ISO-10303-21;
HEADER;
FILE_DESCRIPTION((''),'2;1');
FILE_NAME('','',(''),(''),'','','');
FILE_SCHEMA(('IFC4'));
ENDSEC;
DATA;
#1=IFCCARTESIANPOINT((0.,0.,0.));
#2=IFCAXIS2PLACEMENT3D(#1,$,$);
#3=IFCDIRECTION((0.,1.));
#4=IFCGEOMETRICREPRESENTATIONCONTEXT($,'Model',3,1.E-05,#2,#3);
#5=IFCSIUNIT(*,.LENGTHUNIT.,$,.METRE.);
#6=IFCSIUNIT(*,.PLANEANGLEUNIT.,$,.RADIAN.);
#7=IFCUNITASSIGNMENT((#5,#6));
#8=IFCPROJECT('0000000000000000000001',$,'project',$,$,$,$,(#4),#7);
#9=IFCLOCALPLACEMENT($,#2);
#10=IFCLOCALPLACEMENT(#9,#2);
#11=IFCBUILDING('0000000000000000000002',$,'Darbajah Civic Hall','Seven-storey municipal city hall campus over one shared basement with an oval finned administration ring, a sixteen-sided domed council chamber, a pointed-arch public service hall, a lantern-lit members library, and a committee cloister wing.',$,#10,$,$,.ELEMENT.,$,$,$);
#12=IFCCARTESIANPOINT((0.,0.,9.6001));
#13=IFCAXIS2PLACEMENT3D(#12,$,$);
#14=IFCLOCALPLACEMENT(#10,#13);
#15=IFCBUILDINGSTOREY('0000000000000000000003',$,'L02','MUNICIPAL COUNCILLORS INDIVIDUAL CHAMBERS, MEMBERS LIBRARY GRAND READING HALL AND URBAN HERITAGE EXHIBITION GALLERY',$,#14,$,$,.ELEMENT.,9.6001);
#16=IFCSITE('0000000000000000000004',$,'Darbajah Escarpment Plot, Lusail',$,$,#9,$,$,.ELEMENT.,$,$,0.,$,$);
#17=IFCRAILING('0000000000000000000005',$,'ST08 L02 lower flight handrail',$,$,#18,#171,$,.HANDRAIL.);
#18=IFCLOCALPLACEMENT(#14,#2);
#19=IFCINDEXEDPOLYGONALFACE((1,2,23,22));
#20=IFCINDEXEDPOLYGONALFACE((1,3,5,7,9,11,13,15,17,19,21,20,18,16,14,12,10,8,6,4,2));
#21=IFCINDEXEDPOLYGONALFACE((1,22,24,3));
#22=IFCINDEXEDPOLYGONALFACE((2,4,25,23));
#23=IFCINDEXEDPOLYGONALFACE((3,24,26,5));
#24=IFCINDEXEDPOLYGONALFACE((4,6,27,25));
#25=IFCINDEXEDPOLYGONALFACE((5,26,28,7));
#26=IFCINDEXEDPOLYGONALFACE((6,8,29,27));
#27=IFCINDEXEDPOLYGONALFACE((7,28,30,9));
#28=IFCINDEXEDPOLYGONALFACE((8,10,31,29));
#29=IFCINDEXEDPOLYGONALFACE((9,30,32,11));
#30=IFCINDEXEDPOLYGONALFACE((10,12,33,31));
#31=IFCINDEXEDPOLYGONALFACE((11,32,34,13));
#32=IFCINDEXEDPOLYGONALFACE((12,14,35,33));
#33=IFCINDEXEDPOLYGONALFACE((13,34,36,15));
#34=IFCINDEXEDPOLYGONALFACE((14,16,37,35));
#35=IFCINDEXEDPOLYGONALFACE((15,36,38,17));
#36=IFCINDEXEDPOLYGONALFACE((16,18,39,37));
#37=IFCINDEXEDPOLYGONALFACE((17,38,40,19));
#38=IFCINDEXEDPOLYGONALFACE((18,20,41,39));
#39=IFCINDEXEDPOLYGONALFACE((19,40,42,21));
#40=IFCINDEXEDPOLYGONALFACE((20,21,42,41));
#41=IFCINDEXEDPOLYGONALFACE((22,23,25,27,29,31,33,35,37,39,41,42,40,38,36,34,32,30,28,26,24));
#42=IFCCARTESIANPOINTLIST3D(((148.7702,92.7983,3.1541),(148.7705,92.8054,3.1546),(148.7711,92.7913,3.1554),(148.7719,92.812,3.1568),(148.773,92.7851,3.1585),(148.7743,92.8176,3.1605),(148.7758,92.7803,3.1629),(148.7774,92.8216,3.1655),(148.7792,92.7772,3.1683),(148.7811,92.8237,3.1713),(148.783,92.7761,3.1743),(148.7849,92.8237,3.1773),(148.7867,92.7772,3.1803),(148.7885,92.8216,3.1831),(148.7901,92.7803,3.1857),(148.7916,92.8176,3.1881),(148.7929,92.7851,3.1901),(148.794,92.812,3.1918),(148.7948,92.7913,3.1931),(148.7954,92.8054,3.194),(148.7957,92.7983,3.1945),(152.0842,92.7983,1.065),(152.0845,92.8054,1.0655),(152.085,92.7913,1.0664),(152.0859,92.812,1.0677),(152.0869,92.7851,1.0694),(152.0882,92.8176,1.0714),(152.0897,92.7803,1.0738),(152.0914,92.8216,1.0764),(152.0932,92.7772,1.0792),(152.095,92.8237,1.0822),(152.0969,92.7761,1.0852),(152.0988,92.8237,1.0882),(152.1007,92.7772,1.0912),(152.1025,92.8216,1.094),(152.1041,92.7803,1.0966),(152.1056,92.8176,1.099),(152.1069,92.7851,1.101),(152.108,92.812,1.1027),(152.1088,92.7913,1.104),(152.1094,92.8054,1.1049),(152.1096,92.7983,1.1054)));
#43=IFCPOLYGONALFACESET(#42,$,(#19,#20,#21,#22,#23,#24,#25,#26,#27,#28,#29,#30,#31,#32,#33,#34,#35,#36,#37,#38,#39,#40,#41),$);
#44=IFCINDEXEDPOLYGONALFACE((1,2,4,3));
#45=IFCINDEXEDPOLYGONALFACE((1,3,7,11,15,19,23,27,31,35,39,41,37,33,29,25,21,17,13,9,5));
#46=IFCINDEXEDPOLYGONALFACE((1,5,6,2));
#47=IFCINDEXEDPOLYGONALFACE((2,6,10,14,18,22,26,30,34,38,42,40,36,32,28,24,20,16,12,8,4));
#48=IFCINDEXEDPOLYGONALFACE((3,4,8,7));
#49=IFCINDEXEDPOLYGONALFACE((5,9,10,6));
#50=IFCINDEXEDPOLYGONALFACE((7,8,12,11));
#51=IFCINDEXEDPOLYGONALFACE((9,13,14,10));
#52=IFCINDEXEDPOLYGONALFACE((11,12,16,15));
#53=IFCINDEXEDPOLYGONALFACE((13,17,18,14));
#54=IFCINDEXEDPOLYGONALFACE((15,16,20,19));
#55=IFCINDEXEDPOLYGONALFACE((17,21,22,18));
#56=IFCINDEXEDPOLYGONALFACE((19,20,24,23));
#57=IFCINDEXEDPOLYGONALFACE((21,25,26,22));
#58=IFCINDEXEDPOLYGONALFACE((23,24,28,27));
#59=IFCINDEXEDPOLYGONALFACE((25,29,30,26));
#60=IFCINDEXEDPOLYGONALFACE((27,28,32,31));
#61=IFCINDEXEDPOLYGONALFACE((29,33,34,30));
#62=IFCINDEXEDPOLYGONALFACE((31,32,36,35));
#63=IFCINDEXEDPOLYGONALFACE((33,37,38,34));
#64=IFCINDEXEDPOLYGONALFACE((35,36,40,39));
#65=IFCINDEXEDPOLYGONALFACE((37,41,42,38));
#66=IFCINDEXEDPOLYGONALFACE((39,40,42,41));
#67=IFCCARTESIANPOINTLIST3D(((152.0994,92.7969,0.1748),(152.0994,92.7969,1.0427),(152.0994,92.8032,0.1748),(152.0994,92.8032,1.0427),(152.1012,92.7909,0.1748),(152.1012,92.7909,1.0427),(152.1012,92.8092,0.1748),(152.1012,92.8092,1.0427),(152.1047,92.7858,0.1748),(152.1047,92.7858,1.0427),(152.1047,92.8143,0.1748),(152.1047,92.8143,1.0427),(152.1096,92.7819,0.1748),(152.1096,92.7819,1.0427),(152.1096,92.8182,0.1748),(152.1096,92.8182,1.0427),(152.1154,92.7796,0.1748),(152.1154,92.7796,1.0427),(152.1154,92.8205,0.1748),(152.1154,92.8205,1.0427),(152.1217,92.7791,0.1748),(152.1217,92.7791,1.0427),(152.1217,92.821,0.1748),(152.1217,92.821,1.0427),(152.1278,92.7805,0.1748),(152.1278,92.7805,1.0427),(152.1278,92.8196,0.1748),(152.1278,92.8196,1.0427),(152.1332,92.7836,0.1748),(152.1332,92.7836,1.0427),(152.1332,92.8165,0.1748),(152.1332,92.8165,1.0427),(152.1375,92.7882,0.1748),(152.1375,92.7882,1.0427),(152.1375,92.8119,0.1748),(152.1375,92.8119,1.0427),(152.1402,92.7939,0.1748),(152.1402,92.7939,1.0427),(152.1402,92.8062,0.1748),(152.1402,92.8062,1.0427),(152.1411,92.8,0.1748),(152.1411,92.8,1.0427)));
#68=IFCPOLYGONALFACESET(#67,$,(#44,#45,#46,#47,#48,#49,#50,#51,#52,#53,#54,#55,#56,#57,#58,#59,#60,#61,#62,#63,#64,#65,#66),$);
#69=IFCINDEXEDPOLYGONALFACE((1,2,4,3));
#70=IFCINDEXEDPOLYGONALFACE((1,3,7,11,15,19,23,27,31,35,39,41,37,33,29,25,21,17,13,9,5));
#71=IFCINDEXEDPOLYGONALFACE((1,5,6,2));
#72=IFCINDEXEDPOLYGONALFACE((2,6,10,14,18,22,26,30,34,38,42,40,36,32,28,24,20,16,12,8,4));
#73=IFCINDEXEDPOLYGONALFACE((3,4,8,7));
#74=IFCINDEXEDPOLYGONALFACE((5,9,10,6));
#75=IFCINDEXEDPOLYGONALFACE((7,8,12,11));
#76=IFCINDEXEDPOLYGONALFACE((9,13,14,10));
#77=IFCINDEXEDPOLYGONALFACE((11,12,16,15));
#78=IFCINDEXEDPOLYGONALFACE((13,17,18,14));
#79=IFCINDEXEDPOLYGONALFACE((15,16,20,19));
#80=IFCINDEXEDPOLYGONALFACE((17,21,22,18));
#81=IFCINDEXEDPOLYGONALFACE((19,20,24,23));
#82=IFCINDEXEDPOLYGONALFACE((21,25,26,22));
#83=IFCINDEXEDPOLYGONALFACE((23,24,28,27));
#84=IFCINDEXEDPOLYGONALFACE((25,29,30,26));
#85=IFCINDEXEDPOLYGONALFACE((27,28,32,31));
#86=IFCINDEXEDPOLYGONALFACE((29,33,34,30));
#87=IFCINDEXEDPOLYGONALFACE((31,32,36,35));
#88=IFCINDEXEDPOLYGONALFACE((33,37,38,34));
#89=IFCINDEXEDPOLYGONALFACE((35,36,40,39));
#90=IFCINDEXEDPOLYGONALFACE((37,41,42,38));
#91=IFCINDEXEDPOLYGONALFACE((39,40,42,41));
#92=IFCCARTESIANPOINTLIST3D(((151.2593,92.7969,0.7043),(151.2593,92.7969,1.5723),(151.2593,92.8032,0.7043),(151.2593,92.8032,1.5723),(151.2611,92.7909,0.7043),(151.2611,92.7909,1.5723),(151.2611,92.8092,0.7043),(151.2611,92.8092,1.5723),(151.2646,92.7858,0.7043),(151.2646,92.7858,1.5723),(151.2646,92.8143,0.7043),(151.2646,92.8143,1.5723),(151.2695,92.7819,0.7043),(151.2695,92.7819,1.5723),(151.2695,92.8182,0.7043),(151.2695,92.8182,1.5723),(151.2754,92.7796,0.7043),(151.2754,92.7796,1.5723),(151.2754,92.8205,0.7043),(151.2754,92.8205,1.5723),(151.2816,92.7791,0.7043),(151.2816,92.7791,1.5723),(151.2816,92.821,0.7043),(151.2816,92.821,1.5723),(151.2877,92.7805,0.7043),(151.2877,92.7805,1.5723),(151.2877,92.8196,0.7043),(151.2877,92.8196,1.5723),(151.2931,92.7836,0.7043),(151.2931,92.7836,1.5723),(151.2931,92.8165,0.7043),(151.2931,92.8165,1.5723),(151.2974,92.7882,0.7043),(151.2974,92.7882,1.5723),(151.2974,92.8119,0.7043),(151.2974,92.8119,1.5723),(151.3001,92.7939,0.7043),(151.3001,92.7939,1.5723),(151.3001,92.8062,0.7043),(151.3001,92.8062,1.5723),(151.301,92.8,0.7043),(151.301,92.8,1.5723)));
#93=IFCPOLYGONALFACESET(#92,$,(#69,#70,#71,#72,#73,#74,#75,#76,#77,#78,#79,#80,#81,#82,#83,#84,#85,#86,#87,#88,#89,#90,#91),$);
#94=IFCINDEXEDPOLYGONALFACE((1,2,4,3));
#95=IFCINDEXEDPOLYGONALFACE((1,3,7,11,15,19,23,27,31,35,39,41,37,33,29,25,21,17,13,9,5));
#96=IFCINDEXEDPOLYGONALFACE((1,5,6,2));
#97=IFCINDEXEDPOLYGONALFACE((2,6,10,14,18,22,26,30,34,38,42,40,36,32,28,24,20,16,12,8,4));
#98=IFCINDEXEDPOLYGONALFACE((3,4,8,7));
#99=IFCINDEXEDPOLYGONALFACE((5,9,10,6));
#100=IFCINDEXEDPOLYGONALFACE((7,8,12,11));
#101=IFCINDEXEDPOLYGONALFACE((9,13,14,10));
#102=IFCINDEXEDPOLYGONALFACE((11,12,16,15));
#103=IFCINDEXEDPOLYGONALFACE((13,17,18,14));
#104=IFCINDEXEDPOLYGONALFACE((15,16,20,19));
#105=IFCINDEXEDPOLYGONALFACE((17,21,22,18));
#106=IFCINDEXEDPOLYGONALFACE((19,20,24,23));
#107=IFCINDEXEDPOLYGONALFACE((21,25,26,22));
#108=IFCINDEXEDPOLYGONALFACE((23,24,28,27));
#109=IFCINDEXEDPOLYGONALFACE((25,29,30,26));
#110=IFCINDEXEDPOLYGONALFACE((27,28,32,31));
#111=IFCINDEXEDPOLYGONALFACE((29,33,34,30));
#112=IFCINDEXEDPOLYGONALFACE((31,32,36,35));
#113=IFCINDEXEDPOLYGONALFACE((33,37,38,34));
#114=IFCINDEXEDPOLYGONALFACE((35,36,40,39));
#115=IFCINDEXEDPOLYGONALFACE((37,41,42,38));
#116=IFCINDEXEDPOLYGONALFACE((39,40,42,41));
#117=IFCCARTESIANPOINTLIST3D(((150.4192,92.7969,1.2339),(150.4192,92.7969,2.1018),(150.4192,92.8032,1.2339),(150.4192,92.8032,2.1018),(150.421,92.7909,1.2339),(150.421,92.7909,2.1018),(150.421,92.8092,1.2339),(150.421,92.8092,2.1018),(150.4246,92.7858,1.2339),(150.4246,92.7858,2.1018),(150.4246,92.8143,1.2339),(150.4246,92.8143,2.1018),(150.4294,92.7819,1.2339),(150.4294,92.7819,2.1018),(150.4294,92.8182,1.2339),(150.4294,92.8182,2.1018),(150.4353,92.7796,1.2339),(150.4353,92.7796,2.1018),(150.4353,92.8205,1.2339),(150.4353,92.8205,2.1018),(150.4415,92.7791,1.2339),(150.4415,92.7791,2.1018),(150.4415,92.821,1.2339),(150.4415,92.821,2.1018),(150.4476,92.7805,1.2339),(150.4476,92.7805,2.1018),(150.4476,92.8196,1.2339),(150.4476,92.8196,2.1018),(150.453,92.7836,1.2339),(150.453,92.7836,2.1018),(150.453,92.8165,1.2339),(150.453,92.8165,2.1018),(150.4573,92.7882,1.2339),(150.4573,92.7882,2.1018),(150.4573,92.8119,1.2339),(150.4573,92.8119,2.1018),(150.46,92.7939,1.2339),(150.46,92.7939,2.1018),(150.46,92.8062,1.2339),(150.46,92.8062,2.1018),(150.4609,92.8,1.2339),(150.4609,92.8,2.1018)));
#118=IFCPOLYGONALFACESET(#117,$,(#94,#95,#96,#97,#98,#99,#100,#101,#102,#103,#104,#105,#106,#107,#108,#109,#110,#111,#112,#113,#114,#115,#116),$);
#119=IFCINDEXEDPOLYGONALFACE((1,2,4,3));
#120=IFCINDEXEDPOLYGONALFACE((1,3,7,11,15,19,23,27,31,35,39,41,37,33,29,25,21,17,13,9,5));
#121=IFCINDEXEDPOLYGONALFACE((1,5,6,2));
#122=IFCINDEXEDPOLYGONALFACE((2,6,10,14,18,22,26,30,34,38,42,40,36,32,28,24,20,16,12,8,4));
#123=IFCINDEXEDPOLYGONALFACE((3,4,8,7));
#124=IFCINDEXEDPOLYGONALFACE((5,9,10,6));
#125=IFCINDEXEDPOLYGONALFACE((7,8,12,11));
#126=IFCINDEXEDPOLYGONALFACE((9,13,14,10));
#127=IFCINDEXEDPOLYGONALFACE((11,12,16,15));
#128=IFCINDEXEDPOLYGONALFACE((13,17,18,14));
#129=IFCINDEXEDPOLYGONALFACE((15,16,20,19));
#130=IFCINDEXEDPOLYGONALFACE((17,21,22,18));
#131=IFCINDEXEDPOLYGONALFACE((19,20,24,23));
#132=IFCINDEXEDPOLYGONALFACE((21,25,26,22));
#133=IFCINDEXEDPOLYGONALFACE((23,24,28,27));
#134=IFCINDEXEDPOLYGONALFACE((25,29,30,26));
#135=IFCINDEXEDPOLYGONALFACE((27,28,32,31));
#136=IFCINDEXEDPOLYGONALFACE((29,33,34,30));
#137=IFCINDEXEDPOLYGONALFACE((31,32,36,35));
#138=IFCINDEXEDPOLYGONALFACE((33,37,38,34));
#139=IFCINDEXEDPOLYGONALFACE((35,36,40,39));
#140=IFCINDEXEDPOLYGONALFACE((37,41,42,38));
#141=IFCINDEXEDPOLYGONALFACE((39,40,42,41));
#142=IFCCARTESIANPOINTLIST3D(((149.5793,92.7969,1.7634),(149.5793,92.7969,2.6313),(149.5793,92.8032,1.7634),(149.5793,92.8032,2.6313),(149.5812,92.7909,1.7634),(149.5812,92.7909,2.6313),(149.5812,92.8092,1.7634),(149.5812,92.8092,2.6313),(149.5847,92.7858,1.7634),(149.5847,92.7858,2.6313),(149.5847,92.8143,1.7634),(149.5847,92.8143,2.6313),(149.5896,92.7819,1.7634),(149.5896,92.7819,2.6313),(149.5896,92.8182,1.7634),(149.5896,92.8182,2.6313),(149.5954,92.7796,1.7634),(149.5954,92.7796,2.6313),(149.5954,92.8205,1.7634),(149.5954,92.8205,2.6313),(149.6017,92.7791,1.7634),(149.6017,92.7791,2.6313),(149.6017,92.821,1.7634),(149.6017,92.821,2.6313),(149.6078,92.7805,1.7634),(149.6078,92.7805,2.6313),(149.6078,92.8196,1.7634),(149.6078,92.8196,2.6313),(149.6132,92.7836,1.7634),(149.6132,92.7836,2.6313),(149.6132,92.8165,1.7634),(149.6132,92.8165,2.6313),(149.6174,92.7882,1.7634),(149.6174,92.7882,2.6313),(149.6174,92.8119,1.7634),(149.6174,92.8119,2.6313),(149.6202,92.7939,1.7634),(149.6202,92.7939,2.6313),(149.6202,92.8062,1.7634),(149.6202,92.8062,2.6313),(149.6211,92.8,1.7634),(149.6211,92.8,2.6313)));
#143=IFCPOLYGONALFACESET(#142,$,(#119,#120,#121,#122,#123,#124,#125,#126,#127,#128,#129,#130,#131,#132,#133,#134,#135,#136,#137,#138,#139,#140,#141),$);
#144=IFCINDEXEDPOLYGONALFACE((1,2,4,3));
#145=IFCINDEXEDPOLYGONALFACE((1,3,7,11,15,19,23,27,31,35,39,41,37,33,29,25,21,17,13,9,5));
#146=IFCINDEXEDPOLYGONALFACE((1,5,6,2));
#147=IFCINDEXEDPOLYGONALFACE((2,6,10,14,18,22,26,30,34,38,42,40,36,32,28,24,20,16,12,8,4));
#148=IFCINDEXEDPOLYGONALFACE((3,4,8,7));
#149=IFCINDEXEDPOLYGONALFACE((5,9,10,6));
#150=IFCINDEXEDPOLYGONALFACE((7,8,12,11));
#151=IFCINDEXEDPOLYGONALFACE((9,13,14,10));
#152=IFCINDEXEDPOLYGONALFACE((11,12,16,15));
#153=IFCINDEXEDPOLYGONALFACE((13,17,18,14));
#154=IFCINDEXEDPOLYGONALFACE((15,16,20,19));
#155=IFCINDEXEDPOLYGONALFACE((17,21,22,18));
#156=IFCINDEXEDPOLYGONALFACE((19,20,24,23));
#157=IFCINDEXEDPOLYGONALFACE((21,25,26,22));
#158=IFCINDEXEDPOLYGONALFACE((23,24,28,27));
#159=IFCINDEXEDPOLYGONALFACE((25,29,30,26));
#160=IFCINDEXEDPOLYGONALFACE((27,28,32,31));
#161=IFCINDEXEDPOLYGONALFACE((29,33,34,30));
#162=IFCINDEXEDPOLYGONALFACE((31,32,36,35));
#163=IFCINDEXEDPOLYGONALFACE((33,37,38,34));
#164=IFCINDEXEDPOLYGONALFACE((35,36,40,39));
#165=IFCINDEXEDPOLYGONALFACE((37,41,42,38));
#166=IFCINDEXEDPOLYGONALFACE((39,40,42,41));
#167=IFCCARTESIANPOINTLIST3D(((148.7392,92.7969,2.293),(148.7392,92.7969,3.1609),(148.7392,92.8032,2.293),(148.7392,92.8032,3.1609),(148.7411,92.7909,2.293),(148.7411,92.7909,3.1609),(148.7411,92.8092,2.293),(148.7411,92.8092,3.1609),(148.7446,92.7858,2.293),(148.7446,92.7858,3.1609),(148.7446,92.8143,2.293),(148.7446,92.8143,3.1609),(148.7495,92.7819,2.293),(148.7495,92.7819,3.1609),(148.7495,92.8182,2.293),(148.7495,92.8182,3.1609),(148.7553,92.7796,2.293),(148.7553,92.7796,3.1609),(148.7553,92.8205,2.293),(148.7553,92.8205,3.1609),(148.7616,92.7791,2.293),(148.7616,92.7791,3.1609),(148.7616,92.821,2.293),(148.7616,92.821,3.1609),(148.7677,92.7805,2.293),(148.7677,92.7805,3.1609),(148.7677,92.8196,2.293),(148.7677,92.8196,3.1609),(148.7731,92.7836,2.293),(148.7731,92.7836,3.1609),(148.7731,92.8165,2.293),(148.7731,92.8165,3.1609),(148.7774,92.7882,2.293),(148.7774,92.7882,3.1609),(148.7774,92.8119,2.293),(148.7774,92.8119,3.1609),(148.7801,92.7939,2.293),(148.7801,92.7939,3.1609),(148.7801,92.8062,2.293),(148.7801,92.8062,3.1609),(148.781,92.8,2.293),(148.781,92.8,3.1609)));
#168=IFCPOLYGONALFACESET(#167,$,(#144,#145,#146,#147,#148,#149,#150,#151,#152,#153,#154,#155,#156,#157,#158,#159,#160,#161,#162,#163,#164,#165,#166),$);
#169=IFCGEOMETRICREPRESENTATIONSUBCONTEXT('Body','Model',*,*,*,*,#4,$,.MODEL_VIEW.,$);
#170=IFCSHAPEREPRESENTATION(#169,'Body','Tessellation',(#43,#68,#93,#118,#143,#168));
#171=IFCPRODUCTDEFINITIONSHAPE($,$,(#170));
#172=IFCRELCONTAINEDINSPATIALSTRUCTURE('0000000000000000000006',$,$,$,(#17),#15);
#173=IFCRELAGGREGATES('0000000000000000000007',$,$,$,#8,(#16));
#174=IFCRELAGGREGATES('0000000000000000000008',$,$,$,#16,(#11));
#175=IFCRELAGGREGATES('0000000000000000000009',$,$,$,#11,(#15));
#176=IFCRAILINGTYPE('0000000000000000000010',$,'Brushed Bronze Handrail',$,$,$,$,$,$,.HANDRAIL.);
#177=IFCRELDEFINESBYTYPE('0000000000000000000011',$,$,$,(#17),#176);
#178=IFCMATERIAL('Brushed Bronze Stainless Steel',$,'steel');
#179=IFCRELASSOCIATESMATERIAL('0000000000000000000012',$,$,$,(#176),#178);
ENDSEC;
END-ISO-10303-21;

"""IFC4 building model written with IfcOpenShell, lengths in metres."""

from ifc_helpers import new_model, si_unit, direction, frame, origin, origin_2d, place, context, subcontext, project, spatial, circle, extrude, material, type_object, element, save


model = new_model("IFC4")

# Units and contexts
model_context = context("Model", 3, precision=1e-05, world=origin(), true_north=direction((0.0, 1.0)))
body_context = subcontext(model_context, "Body", "Model", "MODEL_VIEW")
ifc_project = project(units=[si_unit("LENGTHUNIT", "METRE"), si_unit("PLANEANGLEUNIT", "RADIAN")], contexts=[model_context])

# Site, building, storey
site_placement = place(None, origin())
site = spatial("IfcSite", under=ifc_project, at=site_placement, Name="Darbajah Escarpment Plot, Lusail", CompositionType="ELEMENT", RefElevation=0.0)
building_placement = place(site_placement, origin())
building = spatial("IfcBuilding", under=site, at=building_placement, Name="Darbajah Civic Hall", Description="Seven-storey municipal city hall campus over one shared basement with an oval finned administration ring, a sixteen-sided domed council chamber, a pointed-arch public service hall, a lantern-lit members library, and a committee cloister wing.", CompositionType="ELEMENT")
storey_placement = place(building_placement, frame((0.0, 0.0, 9.6001)))
storey = spatial("IfcBuildingStorey", under=building, at=storey_placement, Name="L02", Description="MUNICIPAL COUNCILLORS INDIVIDUAL CHAMBERS, MEMBERS LIBRARY GRAND READING HALL AND URBAN HERITAGE EXHIBITION GALLERY", CompositionType="ELEMENT", Elevation=9.6001)

# Railing
ifc_material_1 = material(Name="Brushed Bronze Stainless Steel", Category="steel")
railing_type_1 = type_object("IfcRailingType", Name="Brushed Bronze Handrail", PredefinedType="HANDRAIL", material=ifc_material_1)
railing_1_placement = place(storey_placement, frame((152.1201, 92.8, 0.1748)))
element("IfcRailing", 1, at=railing_1_placement, inside=storey, type_object=railing_type_1, Name="ST08 L02 lower flight handrail", PredefinedType="HANDRAIL", context=body_context, shape_type="SweptSolid", body=[
    extrude(circle(Radius=0.0239, at=origin_2d()), frame((-0.0232, 0.0, 0.9104), z_axis=(-0.845944, 0.0, 0.533271), x_axis=(0.0, -1.0, 0.0)), (0.0, 0.0, 1.0), 3.9175),
    extrude(circle(Radius=0.021, at=origin_2d()), origin(), (0.0, 0.0, 1.0), 0.8679),
    extrude(circle(Radius=0.021, at=origin_2d()), frame((-0.8401, 0.0, 0.5295)), (0.0, 0.0, 1.0), 0.8679),
    extrude(circle(Radius=0.021, at=origin_2d()), frame((-1.6802, 0.0, 1.0591)), (0.0, 0.0, 1.0), 0.8679),
    extrude(circle(Radius=0.021, at=origin_2d()), frame((-2.52, 0.0, 1.5886)), (0.0, 0.0, 1.0), 0.8679),
    extrude(circle(Radius=0.021, at=origin_2d()), frame((-3.3601, 0.0, 2.1182)), (0.0, 0.0, 1.0), 0.8679),
])

save(model, "model.ifc")
